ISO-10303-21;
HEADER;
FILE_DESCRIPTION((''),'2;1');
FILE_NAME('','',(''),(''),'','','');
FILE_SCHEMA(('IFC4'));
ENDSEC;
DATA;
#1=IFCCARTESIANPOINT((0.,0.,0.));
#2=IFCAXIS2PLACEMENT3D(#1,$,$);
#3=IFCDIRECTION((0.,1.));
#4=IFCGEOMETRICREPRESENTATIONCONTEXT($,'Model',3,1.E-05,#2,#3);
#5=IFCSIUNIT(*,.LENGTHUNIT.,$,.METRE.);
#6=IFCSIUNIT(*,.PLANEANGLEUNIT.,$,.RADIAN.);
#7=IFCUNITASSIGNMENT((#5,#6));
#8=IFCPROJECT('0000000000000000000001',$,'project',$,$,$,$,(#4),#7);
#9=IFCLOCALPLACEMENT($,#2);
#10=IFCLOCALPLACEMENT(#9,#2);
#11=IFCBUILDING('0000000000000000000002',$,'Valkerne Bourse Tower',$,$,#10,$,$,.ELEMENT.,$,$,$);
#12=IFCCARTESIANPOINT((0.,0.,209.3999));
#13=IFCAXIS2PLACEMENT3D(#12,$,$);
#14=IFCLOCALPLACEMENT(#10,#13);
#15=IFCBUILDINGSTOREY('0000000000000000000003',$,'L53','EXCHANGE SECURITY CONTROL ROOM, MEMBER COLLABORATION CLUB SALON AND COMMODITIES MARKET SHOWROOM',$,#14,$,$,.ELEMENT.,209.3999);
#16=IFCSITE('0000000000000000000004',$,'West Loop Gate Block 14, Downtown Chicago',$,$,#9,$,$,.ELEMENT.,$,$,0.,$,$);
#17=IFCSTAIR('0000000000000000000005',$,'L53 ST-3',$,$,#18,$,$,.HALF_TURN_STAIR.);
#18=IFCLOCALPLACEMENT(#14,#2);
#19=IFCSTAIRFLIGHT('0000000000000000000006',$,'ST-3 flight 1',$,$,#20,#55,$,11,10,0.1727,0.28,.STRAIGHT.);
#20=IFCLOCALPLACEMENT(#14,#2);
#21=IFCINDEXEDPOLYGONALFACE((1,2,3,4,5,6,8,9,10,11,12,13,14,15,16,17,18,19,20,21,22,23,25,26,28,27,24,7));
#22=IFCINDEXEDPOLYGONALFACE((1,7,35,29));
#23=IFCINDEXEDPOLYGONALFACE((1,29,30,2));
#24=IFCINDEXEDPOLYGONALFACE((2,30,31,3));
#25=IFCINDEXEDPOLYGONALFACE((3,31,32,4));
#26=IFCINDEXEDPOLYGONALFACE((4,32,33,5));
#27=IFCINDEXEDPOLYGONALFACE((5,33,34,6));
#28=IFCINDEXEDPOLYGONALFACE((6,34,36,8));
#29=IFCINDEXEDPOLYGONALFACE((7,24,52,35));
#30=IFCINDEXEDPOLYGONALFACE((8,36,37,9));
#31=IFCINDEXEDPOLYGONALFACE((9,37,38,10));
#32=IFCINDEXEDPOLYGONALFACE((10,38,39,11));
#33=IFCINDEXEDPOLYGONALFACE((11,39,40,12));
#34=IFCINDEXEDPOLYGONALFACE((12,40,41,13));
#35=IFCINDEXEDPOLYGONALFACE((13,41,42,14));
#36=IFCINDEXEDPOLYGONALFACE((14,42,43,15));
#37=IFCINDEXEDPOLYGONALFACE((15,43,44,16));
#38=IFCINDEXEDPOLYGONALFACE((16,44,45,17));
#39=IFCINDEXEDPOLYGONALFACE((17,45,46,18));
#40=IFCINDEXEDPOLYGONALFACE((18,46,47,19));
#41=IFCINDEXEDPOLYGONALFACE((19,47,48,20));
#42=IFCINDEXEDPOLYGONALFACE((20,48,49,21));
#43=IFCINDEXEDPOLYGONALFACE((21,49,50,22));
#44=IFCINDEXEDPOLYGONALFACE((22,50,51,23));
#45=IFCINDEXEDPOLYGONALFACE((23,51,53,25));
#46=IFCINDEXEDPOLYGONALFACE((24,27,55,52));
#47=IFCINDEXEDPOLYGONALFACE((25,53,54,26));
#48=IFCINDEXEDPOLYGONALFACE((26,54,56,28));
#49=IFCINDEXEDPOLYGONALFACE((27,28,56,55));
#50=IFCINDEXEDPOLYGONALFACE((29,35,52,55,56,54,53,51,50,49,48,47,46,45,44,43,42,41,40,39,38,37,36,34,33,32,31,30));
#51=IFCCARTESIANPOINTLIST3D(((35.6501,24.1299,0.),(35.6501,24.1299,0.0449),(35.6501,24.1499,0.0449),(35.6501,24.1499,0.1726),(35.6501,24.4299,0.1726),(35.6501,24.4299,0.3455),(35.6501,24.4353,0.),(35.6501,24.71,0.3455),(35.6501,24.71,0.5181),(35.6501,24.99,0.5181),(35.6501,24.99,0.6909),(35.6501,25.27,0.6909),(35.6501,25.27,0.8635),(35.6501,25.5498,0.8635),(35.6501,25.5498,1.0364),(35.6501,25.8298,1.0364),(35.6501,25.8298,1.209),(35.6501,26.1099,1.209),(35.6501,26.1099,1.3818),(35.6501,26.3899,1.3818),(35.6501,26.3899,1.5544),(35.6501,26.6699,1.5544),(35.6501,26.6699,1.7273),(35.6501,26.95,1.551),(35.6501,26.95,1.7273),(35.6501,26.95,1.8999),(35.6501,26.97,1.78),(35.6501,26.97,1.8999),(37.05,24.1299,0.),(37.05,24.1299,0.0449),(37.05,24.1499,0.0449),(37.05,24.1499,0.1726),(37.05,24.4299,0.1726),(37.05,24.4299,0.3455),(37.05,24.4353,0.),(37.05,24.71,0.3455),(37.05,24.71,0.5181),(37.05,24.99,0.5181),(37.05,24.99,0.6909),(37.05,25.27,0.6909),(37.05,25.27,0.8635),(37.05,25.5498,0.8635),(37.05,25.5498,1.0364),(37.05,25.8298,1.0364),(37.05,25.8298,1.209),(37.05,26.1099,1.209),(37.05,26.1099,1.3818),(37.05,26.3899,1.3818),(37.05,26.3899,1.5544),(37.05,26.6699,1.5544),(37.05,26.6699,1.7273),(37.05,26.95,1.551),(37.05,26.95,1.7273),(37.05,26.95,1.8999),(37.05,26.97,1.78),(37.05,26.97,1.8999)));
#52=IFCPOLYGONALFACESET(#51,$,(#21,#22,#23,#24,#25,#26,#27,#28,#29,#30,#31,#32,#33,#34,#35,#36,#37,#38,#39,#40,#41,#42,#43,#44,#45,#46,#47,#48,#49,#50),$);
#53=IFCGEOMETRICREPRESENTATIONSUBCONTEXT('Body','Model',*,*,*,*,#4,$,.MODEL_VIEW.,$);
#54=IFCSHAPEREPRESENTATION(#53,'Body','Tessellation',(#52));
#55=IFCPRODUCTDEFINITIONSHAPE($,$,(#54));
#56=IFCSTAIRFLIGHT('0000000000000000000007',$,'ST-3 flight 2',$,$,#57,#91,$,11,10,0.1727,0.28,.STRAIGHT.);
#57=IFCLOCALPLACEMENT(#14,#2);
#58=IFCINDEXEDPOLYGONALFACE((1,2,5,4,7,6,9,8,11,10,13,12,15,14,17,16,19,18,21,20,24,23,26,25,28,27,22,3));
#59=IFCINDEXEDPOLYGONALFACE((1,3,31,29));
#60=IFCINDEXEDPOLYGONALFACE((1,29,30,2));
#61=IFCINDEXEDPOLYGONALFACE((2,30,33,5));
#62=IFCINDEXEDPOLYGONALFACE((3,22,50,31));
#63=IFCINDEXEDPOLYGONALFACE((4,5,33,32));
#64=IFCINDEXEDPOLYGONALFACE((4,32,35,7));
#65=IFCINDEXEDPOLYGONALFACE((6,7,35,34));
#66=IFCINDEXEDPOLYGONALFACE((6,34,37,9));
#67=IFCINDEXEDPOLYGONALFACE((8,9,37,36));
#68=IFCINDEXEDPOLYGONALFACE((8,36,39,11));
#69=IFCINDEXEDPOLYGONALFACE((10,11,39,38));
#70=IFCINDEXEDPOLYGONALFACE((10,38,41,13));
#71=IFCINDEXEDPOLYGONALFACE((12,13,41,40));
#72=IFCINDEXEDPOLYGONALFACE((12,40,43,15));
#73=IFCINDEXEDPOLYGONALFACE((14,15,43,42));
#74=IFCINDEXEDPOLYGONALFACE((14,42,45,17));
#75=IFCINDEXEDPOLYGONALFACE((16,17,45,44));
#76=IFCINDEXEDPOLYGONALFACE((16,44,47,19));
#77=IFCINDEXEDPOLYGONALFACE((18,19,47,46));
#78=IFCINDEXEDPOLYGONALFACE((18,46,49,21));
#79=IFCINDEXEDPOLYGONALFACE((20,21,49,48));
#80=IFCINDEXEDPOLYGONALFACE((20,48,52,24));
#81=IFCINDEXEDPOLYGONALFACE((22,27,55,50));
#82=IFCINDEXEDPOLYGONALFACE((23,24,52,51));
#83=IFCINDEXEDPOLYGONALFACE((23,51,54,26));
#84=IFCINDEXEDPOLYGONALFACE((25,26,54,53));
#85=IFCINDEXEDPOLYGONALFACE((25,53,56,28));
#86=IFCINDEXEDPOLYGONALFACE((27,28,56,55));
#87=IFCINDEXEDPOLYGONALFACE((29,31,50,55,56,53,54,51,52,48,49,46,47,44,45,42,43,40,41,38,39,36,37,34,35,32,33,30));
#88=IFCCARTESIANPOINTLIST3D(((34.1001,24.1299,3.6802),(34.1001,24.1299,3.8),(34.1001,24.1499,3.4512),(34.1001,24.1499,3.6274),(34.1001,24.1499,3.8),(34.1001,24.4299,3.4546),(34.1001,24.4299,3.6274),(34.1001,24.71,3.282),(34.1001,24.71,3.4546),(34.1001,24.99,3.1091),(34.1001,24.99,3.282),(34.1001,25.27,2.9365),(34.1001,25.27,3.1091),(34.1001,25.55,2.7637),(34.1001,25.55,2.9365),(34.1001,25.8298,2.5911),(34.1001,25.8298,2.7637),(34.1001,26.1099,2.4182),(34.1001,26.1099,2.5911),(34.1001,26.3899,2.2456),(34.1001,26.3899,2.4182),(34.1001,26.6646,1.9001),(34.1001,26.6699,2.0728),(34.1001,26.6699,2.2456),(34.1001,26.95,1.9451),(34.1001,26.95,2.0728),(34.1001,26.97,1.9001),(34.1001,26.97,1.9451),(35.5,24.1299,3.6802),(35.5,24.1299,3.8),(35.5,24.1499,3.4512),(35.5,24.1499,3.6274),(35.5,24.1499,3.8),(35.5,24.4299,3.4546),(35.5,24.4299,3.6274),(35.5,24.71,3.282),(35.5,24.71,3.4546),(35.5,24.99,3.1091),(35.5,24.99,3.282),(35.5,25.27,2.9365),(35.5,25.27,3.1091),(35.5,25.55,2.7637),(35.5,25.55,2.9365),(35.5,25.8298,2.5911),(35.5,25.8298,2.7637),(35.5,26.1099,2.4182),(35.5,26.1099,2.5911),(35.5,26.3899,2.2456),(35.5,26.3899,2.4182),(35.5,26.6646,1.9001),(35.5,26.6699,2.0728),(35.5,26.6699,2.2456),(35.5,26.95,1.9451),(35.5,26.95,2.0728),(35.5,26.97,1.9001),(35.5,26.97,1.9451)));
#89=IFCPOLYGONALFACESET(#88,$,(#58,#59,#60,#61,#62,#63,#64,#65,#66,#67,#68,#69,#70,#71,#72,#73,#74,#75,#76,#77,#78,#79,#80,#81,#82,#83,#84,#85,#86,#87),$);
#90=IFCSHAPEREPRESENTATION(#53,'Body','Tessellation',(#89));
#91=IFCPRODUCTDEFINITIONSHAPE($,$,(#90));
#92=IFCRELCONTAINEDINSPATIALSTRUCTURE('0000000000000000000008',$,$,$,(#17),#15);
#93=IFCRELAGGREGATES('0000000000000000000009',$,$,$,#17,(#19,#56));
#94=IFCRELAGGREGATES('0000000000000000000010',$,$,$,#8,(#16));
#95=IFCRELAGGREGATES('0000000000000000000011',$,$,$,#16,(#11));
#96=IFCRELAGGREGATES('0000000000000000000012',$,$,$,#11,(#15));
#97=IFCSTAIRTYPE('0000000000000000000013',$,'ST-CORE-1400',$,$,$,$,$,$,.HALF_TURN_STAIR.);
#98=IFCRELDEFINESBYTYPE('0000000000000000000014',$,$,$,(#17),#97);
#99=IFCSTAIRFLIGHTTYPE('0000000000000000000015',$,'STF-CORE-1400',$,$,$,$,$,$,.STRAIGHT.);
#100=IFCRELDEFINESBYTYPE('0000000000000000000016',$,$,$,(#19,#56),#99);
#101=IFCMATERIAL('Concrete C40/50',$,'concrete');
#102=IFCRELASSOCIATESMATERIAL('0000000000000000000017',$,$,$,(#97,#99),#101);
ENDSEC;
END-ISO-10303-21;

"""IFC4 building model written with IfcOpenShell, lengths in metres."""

from ifc_helpers import new_model, si_unit, direction, frame, origin, place, context, subcontext, project, spatial, polyline, outline, extrude, material, type_object, element, aggregate, save


model = new_model("IFC4")

# Units and contexts
model_context = context("Model", 3, precision=1e-05, world=origin(), true_north=direction((0.0, 1.0)))
body_context = subcontext(model_context, "Body", "Model", "MODEL_VIEW")
ifc_project = project(units=[si_unit("LENGTHUNIT", "METRE"), si_unit("PLANEANGLEUNIT", "RADIAN")], contexts=[model_context])

# Site, building, storey
site_placement = place(None, origin())
site = spatial("IfcSite", under=ifc_project, at=site_placement, Name="West Loop Gate Block 14, Downtown Chicago", CompositionType="ELEMENT", RefElevation=0.0)
building_placement = place(site_placement, origin())
building = spatial("IfcBuilding", under=site, at=building_placement, Name="Valkerne Bourse Tower", CompositionType="ELEMENT")
storey_placement = place(building_placement, frame((0.0, 0.0, 209.3999)))
storey = spatial("IfcBuildingStorey", under=building, at=storey_placement, Name="L53", Description="EXCHANGE SECURITY CONTROL ROOM, MEMBER COLLABORATION CLUB SALON AND COMMODITIES MARKET SHOWROOM", CompositionType="ELEMENT", Elevation=209.3999)

# Shared definitions
ifc_material_1 = material(Name="Concrete C40/50", Category="concrete")

# Stair, stair flights
stair_type = type_object("IfcStairType", Name="ST-CORE-1400", PredefinedType="HALF_TURN_STAIR", material=ifc_material_1)
stair_placement = place(storey_placement, origin())
stair = element("IfcStair", 1, at=stair_placement, inside=storey, type_object=stair_type, Name="L53 ST-3", PredefinedType="HALF_TURN_STAIR")
stair_flight_type = type_object("IfcStairFlightType", Name="STF-CORE-1400", PredefinedType="STRAIGHT", material=ifc_material_1)
stair_flight_1_placement = place(storey_placement, frame((36.3501, 24.1499, 0.0), z_axis=(0.0, 0.0, 1.0), x_axis=(0.0, 1.0, 0.0)))
stair_flight_1 = element("IfcStairFlight", 2, at=stair_flight_1_placement, type_object=stair_flight_type, Name="ST-3 flight 1", NumberOfRisers=11, NumberOfTreads=10, PredefinedType="STRAIGHT", RiserHeight=0.1727, TreadLength=0.28, context=body_context, shape_type="SweptSolid", body=[
    extrude(outline(polyline([(-0.02, 0.0), (-0.02, 0.0449), (0.0, 0.0449), (0.0, 0.1726), (0.28, 0.1726), (0.28, 0.3455), (0.5601, 0.3455), (0.5601, 0.5181), (0.8401, 0.5181), (0.8401, 0.6909), (1.1201, 0.6909), (1.1201, 0.8635), (1.3999, 0.8635), (1.3999, 1.0364), (1.6799, 1.0364), (1.6799, 1.209), (1.96, 1.209), (1.96, 1.3818), (2.24, 1.3818), (2.24, 1.5544), (2.52, 1.5544), (2.52, 1.7273), (2.8, 1.7273), (2.8, 1.8999), (2.8201, 1.8999), (2.8201, 1.78), (2.8, 1.551), (0.2854, 0.0), (-0.02, 0.0)])), frame((0.0, 0.7, 0.0), z_axis=(0.0, -1.0, 0.0), x_axis=(1.0, 0.0, 0.0)), (0.0, 0.0, 1.0), 1.3999),
])
stair_flight_2_placement = place(storey_placement, frame((34.8, 26.95, 1.9001), z_axis=(0.0, 0.0, 1.0), x_axis=(0.0, -1.0, 0.0)))
stair_flight_2 = element("IfcStairFlight", 3, at=stair_flight_2_placement, type_object=stair_flight_type, Name="ST-3 flight 2", NumberOfRisers=11, NumberOfTreads=10, PredefinedType="STRAIGHT", RiserHeight=0.1727, TreadLength=0.28, context=body_context, shape_type="SweptSolid", body=[
    extrude(outline(polyline([(-0.02, 0.0), (-0.02, 0.0449), (0.0, 0.0449), (0.0, 0.1726), (0.28, 0.1726), (0.28, 0.3455), (0.5601, 0.3455), (0.5601, 0.5181), (0.8401, 0.5181), (0.8401, 0.6909), (1.1201, 0.6909), (1.1201, 0.8635), (1.3999, 0.8635), (1.3999, 1.0364), (1.6799, 1.0364), (1.6799, 1.209), (1.96, 1.209), (1.96, 1.3818), (2.24, 1.3818), (2.24, 1.5544), (2.52, 1.5544), (2.52, 1.7273), (2.8, 1.7273), (2.8, 1.8999), (2.8201, 1.8999), (2.8201, 1.78), (2.8, 1.551), (0.2854, 0.0), (-0.02, 0.0)])), frame((0.0, 0.7, 0.0), z_axis=(0.0, -1.0, 0.0), x_axis=(1.0, 0.0, 0.0)), (0.0, 0.0, 1.0), 1.3999),
])
aggregate(stair, [stair_flight_1, stair_flight_2])

save(model, "model.ifc")
